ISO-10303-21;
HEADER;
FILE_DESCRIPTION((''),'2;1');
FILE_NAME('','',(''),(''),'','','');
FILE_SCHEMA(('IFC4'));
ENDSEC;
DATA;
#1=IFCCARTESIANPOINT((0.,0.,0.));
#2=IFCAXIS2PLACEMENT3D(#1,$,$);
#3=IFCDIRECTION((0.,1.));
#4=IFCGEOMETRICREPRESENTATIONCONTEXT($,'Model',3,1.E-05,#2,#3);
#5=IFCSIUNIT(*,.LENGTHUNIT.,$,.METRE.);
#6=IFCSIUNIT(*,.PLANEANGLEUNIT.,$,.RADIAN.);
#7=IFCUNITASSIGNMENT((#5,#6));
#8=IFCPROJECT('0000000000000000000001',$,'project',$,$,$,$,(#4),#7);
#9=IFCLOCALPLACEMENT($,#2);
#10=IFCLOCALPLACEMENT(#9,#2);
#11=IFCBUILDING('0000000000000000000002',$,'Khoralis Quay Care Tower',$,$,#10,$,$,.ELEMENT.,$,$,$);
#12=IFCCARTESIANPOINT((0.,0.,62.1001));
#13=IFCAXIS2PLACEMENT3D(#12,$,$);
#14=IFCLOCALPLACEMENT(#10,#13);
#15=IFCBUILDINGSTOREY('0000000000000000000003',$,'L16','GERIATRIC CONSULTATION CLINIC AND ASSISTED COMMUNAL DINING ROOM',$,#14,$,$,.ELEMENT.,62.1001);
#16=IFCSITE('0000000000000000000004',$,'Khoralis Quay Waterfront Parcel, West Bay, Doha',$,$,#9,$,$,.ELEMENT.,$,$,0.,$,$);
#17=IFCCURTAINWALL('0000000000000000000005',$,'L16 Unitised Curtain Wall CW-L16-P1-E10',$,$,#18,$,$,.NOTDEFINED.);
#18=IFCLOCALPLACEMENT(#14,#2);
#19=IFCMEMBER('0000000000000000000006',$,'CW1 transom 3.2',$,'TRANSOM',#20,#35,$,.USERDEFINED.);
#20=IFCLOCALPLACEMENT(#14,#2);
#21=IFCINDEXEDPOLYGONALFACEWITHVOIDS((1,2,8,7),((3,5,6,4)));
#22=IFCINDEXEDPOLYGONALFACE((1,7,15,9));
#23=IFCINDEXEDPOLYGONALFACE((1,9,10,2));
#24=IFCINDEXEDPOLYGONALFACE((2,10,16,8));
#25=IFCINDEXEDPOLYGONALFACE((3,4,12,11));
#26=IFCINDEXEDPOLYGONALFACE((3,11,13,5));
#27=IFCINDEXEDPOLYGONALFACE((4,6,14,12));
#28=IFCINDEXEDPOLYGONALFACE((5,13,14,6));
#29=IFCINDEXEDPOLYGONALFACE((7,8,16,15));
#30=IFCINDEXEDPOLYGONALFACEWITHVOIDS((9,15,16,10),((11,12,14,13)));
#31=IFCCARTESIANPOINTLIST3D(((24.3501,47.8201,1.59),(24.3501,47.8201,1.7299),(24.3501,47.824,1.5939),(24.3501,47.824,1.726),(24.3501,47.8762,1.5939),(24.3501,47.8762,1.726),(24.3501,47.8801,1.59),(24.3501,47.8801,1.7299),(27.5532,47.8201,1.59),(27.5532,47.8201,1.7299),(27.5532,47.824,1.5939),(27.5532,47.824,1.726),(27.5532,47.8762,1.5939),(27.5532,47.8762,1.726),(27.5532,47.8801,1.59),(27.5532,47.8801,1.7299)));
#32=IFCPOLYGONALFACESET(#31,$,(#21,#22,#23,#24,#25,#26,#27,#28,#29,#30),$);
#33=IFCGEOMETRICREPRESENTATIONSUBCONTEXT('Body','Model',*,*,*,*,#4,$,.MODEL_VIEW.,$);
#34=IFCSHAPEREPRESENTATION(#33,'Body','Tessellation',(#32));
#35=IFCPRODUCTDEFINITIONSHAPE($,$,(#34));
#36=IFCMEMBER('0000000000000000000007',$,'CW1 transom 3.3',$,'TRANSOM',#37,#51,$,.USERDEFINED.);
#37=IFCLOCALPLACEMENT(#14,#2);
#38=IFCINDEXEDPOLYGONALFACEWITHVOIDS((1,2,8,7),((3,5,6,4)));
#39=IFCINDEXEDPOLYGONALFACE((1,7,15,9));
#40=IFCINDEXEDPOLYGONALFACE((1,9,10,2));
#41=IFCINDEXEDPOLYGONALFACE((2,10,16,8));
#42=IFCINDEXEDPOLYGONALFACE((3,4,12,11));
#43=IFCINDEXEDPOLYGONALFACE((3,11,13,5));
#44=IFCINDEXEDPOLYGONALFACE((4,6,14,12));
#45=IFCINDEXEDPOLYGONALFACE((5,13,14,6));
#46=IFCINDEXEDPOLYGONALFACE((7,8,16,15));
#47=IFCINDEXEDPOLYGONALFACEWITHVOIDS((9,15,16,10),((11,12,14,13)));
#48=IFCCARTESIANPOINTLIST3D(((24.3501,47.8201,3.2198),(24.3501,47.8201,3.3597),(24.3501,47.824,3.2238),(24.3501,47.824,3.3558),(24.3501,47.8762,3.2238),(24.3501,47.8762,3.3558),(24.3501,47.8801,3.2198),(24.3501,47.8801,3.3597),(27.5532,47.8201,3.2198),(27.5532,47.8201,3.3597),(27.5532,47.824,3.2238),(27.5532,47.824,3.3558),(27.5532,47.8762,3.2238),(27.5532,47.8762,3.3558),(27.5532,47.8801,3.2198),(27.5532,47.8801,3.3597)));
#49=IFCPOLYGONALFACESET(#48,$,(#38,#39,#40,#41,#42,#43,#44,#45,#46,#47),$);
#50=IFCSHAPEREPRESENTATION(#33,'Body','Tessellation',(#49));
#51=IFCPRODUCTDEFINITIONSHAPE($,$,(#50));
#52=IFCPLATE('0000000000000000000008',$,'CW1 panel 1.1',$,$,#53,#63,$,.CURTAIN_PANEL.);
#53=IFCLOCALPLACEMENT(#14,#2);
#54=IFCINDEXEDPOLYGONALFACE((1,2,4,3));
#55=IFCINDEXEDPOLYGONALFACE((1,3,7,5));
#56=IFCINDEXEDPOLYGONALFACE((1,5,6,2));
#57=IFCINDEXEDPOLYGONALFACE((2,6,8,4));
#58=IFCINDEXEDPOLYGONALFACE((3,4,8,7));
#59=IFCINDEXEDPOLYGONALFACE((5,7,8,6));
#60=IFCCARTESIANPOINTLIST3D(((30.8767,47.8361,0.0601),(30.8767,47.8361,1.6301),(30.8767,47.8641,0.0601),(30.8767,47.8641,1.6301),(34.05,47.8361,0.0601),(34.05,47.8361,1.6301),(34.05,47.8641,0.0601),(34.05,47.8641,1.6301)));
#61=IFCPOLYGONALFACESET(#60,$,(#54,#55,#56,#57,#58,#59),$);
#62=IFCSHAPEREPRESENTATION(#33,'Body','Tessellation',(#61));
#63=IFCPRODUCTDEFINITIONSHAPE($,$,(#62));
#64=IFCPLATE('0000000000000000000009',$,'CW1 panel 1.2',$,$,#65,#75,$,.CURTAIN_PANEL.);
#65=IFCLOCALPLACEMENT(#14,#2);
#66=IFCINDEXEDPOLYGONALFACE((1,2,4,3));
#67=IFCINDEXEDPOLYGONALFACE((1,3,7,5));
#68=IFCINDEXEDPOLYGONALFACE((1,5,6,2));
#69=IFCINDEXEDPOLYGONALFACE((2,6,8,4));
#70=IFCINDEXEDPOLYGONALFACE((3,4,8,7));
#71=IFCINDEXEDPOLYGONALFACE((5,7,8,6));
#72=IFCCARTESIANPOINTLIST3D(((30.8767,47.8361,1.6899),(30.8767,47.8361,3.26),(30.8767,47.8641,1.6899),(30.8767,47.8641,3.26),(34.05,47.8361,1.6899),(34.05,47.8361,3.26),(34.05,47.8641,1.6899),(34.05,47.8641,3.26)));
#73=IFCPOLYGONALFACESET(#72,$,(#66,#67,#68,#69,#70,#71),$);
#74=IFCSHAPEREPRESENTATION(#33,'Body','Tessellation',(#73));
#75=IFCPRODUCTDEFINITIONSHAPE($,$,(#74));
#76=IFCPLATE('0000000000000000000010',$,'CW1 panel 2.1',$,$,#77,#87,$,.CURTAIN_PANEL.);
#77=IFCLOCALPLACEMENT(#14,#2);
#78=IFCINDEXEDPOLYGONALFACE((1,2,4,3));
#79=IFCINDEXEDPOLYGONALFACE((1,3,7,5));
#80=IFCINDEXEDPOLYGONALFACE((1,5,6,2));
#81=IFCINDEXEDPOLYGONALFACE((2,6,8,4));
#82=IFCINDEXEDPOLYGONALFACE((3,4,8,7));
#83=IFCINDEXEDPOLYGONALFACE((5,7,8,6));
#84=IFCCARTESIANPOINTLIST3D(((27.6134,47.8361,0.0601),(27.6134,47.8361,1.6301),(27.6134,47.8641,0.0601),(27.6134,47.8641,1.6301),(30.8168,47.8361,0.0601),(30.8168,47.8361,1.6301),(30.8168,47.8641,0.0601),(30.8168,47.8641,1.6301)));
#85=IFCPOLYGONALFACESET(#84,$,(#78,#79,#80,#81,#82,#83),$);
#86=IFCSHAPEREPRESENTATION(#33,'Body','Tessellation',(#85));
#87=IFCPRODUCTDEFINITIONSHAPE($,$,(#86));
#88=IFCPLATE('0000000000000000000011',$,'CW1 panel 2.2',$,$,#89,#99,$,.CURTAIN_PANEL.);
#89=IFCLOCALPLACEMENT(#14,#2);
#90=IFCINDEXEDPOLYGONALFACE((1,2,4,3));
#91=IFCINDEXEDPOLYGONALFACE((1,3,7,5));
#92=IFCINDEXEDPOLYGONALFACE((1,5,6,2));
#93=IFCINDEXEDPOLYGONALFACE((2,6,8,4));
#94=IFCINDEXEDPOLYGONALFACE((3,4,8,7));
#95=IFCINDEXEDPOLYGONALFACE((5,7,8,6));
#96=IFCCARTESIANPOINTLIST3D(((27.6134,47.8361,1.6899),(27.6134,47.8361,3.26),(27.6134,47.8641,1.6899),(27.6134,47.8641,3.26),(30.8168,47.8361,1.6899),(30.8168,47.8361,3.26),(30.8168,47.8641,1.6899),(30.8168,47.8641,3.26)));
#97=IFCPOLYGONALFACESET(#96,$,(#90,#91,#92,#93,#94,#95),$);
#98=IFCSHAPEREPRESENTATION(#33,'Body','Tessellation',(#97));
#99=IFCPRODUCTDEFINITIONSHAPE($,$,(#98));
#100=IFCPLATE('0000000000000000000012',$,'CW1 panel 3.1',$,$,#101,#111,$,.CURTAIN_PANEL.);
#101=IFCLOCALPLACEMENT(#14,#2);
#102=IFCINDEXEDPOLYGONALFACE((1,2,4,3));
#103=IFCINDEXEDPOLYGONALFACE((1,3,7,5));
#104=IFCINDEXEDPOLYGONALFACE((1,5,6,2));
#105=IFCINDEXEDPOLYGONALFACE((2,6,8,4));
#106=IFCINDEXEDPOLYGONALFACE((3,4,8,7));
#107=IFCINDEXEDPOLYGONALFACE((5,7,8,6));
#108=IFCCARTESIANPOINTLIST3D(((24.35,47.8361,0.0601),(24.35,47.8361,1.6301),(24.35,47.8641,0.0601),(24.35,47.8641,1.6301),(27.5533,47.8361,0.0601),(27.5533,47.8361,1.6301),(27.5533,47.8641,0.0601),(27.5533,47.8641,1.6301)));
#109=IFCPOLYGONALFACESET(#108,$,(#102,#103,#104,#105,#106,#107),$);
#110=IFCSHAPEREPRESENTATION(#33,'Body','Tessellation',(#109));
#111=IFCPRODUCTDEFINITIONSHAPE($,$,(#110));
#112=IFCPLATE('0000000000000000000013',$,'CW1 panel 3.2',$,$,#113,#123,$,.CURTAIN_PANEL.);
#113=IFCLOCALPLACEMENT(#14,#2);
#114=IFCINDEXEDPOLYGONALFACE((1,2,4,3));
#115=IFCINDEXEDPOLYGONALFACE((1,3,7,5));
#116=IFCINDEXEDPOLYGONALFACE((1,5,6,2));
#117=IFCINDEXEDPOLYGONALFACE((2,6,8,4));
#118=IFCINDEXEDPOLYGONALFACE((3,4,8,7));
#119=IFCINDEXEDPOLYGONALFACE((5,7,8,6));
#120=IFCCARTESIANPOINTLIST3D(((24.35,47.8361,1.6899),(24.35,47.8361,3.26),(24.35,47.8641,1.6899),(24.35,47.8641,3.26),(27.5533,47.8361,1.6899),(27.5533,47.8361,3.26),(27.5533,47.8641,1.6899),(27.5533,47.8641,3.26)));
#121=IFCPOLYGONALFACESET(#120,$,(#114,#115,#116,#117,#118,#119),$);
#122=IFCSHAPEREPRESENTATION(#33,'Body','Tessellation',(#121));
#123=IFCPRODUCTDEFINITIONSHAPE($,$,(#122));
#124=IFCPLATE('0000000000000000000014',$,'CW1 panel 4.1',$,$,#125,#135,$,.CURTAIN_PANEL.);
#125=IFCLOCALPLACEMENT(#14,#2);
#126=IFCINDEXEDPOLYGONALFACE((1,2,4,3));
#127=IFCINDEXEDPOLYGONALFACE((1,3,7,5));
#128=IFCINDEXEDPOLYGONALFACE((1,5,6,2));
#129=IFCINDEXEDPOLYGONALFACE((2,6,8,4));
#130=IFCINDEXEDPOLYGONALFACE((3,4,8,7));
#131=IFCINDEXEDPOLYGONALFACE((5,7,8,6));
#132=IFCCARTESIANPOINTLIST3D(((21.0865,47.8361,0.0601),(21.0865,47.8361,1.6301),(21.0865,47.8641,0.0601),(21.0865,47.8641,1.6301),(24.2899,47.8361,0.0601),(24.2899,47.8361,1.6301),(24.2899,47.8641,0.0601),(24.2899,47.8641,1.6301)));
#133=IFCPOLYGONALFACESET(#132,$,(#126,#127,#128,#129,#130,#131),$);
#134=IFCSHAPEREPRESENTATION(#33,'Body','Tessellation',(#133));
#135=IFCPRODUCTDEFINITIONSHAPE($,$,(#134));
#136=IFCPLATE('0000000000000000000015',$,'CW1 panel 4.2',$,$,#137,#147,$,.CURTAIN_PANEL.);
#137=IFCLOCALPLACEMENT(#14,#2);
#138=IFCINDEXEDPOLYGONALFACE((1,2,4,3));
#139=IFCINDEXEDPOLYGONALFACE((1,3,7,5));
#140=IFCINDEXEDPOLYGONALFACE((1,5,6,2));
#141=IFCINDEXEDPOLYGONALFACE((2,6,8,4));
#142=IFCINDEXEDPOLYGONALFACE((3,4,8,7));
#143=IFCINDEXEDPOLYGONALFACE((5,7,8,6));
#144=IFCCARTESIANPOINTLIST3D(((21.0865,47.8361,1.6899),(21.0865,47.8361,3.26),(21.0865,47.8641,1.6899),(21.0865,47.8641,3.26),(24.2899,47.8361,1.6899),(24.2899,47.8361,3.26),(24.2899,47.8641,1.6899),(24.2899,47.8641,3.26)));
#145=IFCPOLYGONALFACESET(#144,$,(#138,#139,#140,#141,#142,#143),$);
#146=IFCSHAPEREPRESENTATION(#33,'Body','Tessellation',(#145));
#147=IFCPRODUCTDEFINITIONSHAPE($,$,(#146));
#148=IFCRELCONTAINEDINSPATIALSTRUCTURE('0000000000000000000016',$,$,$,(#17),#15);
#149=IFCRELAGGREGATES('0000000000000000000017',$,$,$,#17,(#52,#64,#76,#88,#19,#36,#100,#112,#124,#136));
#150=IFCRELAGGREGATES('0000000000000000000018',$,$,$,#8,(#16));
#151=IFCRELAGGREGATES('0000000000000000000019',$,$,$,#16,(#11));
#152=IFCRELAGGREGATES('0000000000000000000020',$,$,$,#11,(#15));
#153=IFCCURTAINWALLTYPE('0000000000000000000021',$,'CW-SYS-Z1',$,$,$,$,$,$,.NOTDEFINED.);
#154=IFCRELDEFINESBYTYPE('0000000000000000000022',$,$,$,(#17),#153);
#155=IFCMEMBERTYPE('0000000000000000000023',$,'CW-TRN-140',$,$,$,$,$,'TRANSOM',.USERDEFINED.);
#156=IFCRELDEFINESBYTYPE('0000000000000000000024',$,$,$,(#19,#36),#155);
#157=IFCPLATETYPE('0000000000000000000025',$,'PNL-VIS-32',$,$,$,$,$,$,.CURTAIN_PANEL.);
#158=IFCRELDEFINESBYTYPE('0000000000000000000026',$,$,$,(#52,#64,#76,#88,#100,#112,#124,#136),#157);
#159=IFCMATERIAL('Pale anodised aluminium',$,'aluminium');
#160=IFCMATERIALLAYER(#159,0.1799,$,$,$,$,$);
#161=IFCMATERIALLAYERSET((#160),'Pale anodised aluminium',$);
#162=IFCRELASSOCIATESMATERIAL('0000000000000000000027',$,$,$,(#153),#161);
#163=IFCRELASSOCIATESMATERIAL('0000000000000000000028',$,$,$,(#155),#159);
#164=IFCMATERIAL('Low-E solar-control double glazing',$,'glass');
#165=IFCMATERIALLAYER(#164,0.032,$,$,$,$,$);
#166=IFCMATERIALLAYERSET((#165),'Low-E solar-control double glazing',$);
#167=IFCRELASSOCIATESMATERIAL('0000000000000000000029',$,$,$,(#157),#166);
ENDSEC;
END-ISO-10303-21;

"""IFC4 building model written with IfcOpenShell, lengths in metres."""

from ifc_helpers import new_model, si_unit, direction, frame, origin, origin_2d, place, context, subcontext, project, spatial, rectangle, hollow_rectangle, extrude, source, transform, mapped, material, layer, layer_set, material_profile, profile_set, type_object, element, aggregate, save


model = new_model("IFC4")

# Units and contexts
model_context = context("Model", 3, precision=1e-05, world=origin(), true_north=direction((0.0, 1.0)))
body_context = subcontext(model_context, "Body", "Model", "MODEL_VIEW")
ifc_project = project(units=[si_unit("LENGTHUNIT", "METRE"), si_unit("PLANEANGLEUNIT", "RADIAN")], contexts=[model_context])

# Site, building, storey
site_placement = place(None, origin())
site = spatial("IfcSite", under=ifc_project, at=site_placement, Name="Khoralis Quay Waterfront Parcel, West Bay, Doha", CompositionType="ELEMENT", RefElevation=0.0)
building_placement = place(site_placement, origin())
building = spatial("IfcBuilding", under=site, at=building_placement, Name="Khoralis Quay Care Tower", CompositionType="ELEMENT")
storey_placement = place(building_placement, frame((0.0, 0.0, 62.1001)))
storey = spatial("IfcBuildingStorey", under=building, at=storey_placement, Name="L16", Description="GERIATRIC CONSULTATION CLINIC AND ASSISTED COMMUNAL DINING ROOM", CompositionType="ELEMENT", Elevation=62.1001)

# Curtain wall, members, plates
ifc_material_1 = material(Name="Pale anodised aluminium", Category="aluminium")
ifc_layer_1 = layer(ifc_material_1, 0.1799)
ifc_layer_set_1 = layer_set([ifc_layer_1], Name="Pale anodised aluminium")
curtain_wall_type = type_object("IfcCurtainWallType", Name="CW-SYS-Z1", PredefinedType="NOTDEFINED", material=ifc_layer_set_1)
curtain_wall_placement = place(storey_placement, origin())
curtain_wall = element("IfcCurtainWall", 1, at=curtain_wall_placement, inside=storey, type_object=curtain_wall_type, Name="L16 Unitised Curtain Wall CW-L16-P1-E10", PredefinedType="NOTDEFINED")
ifc_material_profile_1 = material_profile(ifc_material_1, hollow_rectangle(XDim=0.0601, YDim=0.1399, WallThickness=0.0039, at=origin_2d()), Name="Pale anodised aluminium")
ifc_profile_set_1 = profile_set([ifc_material_profile_1], Name="Pale anodised aluminium")
member_type_1 = type_object("IfcMemberType", Name="CW-TRN-140", ElementType="TRANSOM", PredefinedType="USERDEFINED", material=ifc_profile_set_1)
shared_shape_1 = source(origin(), body_context, "Body", "SweptSolid", [
    extrude(hollow_rectangle(XDim=0.0601, YDim=0.1399, WallThickness=0.0039, at=origin_2d()), origin(), (0.0, 0.0, 1.0), 3.2031),
])
member_1_placement = place(storey_placement, frame((27.5532, 47.8501, 1.6599), z_axis=(-1.0, 0.0, 0.0), x_axis=(0.0, -1.0, 0.0)))
member_1 = element("IfcMember", 2, at=member_1_placement, type_object=member_type_1, Name="CW1 transom 3.2", ObjectType="TRANSOM", PredefinedType="USERDEFINED", context=body_context, shape_type="MappedRepresentation", body=[
    mapped(shared_shape_1, transform((0.0, 0.0, 0.0), scale=1.0)),
])
member_2_placement = place(storey_placement, frame((27.5532, 47.8501, 3.2898), z_axis=(-1.0, 0.0, 0.0), x_axis=(0.0, -1.0, 0.0)))
member_2 = element("IfcMember", 3, at=member_2_placement, type_object=member_type_1, Name="CW1 transom 3.3", ObjectType="TRANSOM", PredefinedType="USERDEFINED", context=body_context, shape_type="MappedRepresentation", body=[
    mapped(shared_shape_1, transform((0.0, 0.0, 0.0), scale=1.0)),
])
ifc_material_2 = material(Name="Low-E solar-control double glazing", Category="glass")
ifc_layer_2 = layer(ifc_material_2, 0.032)
ifc_layer_set_2 = layer_set([ifc_layer_2], Name="Low-E solar-control double glazing")
plate_type = type_object("IfcPlateType", Name="PNL-VIS-32", PredefinedType="CURTAIN_PANEL", material=ifc_layer_set_2)
shared_shape_2 = source(origin(), body_context, "Body", "SweptSolid", [
    extrude(rectangle(XDim=3.1733, YDim=0.0281, at=origin_2d()), origin(), (0.0, 0.0, 1.0), 1.5701),
])
plate_1_placement = place(storey_placement, frame((32.4634, 47.8501, 0.0601), z_axis=(0.0, 0.0, 1.0), x_axis=(-1.0, 0.0, 0.0)))
plate_1 = element("IfcPlate", 4, at=plate_1_placement, type_object=plate_type, Name="CW1 panel 1.1", PredefinedType="CURTAIN_PANEL", context=body_context, shape_type="MappedRepresentation", body=[
    mapped(shared_shape_2, transform((0.0, 0.0, 0.0), scale=1.0)),
])
plate_2_placement = place(storey_placement, frame((32.4634, 47.8501, 1.6899), z_axis=(0.0, 0.0, 1.0), x_axis=(-1.0, 0.0, 0.0)))
plate_2 = element("IfcPlate", 5, at=plate_2_placement, type_object=plate_type, Name="CW1 panel 1.2", PredefinedType="CURTAIN_PANEL", context=body_context, shape_type="MappedRepresentation", body=[
    mapped(shared_shape_2, transform((0.0, 0.0, 0.0), scale=1.0)),
])
shared_shape_3 = source(origin(), body_context, "Body", "SweptSolid", [
    extrude(rectangle(XDim=3.2034, YDim=0.0281, at=origin_2d()), origin(), (0.0, 0.0, 1.0), 1.5701),
])
plate_3_placement = place(storey_placement, frame((29.2151, 47.8501, 0.0601), z_axis=(0.0, 0.0, 1.0), x_axis=(-1.0, 0.0, 0.0)))
plate_3 = element("IfcPlate", 6, at=plate_3_placement, type_object=plate_type, Name="CW1 panel 2.1", PredefinedType="CURTAIN_PANEL", context=body_context, shape_type="MappedRepresentation", body=[
    mapped(shared_shape_3, transform((0.0, 0.0, 0.0), scale=1.0)),
])
plate_4_placement = place(storey_placement, frame((29.2151, 47.8501, 1.6899), z_axis=(0.0, 0.0, 1.0), x_axis=(-1.0, 0.0, 0.0)))
plate_4 = element("IfcPlate", 7, at=plate_4_placement, type_object=plate_type, Name="CW1 panel 2.2", PredefinedType="CURTAIN_PANEL", context=body_context, shape_type="MappedRepresentation", body=[
    mapped(shared_shape_3, transform((0.0, 0.0, 0.0), scale=1.0)),
])
plate_5_placement = place(storey_placement, frame((25.9517, 47.8501, 0.0601), z_axis=(0.0, 0.0, 1.0), x_axis=(-1.0, 0.0, 0.0)))
plate_5 = element("IfcPlate", 8, at=plate_5_placement, type_object=plate_type, Name="CW1 panel 3.1", PredefinedType="CURTAIN_PANEL", context=body_context, shape_type="MappedRepresentation", body=[
    mapped(shared_shape_3, transform((0.0, 0.0, 0.0), scale=1.0)),
])
plate_6_placement = place(storey_placement, frame((25.9517, 47.8501, 1.6899), z_axis=(0.0, 0.0, 1.0), x_axis=(-1.0, 0.0, 0.0)))
plate_6 = element("IfcPlate", 9, at=plate_6_placement, type_object=plate_type, Name="CW1 panel 3.2", PredefinedType="CURTAIN_PANEL", context=body_context, shape_type="MappedRepresentation", body=[
    mapped(shared_shape_3, transform((0.0, 0.0, 0.0), scale=1.0)),
])
plate_7_placement = place(storey_placement, frame((22.6882, 47.8501, 0.0601), z_axis=(0.0, 0.0, 1.0), x_axis=(-1.0, 0.0, 0.0)))
plate_7 = element("IfcPlate", 10, at=plate_7_placement, type_object=plate_type, Name="CW1 panel 4.1", PredefinedType="CURTAIN_PANEL", context=body_context, shape_type="MappedRepresentation", body=[
    mapped(shared_shape_3, transform((0.0, 0.0, 0.0), scale=1.0)),
])
plate_8_placement = place(storey_placement, frame((22.6882, 47.8501, 1.6899), z_axis=(0.0, 0.0, 1.0), x_axis=(-1.0, 0.0, 0.0)))
plate_8 = element("IfcPlate", 11, at=plate_8_placement, type_object=plate_type, Name="CW1 panel 4.2", PredefinedType="CURTAIN_PANEL", context=body_context, shape_type="MappedRepresentation", body=[
    mapped(shared_shape_3, transform((0.0, 0.0, 0.0), scale=1.0)),
])
aggregate(curtain_wall, [plate_1, plate_2, plate_3, plate_4, member_1, member_2, plate_5, plate_6, plate_7, plate_8])

save(model, "model.ifc")
